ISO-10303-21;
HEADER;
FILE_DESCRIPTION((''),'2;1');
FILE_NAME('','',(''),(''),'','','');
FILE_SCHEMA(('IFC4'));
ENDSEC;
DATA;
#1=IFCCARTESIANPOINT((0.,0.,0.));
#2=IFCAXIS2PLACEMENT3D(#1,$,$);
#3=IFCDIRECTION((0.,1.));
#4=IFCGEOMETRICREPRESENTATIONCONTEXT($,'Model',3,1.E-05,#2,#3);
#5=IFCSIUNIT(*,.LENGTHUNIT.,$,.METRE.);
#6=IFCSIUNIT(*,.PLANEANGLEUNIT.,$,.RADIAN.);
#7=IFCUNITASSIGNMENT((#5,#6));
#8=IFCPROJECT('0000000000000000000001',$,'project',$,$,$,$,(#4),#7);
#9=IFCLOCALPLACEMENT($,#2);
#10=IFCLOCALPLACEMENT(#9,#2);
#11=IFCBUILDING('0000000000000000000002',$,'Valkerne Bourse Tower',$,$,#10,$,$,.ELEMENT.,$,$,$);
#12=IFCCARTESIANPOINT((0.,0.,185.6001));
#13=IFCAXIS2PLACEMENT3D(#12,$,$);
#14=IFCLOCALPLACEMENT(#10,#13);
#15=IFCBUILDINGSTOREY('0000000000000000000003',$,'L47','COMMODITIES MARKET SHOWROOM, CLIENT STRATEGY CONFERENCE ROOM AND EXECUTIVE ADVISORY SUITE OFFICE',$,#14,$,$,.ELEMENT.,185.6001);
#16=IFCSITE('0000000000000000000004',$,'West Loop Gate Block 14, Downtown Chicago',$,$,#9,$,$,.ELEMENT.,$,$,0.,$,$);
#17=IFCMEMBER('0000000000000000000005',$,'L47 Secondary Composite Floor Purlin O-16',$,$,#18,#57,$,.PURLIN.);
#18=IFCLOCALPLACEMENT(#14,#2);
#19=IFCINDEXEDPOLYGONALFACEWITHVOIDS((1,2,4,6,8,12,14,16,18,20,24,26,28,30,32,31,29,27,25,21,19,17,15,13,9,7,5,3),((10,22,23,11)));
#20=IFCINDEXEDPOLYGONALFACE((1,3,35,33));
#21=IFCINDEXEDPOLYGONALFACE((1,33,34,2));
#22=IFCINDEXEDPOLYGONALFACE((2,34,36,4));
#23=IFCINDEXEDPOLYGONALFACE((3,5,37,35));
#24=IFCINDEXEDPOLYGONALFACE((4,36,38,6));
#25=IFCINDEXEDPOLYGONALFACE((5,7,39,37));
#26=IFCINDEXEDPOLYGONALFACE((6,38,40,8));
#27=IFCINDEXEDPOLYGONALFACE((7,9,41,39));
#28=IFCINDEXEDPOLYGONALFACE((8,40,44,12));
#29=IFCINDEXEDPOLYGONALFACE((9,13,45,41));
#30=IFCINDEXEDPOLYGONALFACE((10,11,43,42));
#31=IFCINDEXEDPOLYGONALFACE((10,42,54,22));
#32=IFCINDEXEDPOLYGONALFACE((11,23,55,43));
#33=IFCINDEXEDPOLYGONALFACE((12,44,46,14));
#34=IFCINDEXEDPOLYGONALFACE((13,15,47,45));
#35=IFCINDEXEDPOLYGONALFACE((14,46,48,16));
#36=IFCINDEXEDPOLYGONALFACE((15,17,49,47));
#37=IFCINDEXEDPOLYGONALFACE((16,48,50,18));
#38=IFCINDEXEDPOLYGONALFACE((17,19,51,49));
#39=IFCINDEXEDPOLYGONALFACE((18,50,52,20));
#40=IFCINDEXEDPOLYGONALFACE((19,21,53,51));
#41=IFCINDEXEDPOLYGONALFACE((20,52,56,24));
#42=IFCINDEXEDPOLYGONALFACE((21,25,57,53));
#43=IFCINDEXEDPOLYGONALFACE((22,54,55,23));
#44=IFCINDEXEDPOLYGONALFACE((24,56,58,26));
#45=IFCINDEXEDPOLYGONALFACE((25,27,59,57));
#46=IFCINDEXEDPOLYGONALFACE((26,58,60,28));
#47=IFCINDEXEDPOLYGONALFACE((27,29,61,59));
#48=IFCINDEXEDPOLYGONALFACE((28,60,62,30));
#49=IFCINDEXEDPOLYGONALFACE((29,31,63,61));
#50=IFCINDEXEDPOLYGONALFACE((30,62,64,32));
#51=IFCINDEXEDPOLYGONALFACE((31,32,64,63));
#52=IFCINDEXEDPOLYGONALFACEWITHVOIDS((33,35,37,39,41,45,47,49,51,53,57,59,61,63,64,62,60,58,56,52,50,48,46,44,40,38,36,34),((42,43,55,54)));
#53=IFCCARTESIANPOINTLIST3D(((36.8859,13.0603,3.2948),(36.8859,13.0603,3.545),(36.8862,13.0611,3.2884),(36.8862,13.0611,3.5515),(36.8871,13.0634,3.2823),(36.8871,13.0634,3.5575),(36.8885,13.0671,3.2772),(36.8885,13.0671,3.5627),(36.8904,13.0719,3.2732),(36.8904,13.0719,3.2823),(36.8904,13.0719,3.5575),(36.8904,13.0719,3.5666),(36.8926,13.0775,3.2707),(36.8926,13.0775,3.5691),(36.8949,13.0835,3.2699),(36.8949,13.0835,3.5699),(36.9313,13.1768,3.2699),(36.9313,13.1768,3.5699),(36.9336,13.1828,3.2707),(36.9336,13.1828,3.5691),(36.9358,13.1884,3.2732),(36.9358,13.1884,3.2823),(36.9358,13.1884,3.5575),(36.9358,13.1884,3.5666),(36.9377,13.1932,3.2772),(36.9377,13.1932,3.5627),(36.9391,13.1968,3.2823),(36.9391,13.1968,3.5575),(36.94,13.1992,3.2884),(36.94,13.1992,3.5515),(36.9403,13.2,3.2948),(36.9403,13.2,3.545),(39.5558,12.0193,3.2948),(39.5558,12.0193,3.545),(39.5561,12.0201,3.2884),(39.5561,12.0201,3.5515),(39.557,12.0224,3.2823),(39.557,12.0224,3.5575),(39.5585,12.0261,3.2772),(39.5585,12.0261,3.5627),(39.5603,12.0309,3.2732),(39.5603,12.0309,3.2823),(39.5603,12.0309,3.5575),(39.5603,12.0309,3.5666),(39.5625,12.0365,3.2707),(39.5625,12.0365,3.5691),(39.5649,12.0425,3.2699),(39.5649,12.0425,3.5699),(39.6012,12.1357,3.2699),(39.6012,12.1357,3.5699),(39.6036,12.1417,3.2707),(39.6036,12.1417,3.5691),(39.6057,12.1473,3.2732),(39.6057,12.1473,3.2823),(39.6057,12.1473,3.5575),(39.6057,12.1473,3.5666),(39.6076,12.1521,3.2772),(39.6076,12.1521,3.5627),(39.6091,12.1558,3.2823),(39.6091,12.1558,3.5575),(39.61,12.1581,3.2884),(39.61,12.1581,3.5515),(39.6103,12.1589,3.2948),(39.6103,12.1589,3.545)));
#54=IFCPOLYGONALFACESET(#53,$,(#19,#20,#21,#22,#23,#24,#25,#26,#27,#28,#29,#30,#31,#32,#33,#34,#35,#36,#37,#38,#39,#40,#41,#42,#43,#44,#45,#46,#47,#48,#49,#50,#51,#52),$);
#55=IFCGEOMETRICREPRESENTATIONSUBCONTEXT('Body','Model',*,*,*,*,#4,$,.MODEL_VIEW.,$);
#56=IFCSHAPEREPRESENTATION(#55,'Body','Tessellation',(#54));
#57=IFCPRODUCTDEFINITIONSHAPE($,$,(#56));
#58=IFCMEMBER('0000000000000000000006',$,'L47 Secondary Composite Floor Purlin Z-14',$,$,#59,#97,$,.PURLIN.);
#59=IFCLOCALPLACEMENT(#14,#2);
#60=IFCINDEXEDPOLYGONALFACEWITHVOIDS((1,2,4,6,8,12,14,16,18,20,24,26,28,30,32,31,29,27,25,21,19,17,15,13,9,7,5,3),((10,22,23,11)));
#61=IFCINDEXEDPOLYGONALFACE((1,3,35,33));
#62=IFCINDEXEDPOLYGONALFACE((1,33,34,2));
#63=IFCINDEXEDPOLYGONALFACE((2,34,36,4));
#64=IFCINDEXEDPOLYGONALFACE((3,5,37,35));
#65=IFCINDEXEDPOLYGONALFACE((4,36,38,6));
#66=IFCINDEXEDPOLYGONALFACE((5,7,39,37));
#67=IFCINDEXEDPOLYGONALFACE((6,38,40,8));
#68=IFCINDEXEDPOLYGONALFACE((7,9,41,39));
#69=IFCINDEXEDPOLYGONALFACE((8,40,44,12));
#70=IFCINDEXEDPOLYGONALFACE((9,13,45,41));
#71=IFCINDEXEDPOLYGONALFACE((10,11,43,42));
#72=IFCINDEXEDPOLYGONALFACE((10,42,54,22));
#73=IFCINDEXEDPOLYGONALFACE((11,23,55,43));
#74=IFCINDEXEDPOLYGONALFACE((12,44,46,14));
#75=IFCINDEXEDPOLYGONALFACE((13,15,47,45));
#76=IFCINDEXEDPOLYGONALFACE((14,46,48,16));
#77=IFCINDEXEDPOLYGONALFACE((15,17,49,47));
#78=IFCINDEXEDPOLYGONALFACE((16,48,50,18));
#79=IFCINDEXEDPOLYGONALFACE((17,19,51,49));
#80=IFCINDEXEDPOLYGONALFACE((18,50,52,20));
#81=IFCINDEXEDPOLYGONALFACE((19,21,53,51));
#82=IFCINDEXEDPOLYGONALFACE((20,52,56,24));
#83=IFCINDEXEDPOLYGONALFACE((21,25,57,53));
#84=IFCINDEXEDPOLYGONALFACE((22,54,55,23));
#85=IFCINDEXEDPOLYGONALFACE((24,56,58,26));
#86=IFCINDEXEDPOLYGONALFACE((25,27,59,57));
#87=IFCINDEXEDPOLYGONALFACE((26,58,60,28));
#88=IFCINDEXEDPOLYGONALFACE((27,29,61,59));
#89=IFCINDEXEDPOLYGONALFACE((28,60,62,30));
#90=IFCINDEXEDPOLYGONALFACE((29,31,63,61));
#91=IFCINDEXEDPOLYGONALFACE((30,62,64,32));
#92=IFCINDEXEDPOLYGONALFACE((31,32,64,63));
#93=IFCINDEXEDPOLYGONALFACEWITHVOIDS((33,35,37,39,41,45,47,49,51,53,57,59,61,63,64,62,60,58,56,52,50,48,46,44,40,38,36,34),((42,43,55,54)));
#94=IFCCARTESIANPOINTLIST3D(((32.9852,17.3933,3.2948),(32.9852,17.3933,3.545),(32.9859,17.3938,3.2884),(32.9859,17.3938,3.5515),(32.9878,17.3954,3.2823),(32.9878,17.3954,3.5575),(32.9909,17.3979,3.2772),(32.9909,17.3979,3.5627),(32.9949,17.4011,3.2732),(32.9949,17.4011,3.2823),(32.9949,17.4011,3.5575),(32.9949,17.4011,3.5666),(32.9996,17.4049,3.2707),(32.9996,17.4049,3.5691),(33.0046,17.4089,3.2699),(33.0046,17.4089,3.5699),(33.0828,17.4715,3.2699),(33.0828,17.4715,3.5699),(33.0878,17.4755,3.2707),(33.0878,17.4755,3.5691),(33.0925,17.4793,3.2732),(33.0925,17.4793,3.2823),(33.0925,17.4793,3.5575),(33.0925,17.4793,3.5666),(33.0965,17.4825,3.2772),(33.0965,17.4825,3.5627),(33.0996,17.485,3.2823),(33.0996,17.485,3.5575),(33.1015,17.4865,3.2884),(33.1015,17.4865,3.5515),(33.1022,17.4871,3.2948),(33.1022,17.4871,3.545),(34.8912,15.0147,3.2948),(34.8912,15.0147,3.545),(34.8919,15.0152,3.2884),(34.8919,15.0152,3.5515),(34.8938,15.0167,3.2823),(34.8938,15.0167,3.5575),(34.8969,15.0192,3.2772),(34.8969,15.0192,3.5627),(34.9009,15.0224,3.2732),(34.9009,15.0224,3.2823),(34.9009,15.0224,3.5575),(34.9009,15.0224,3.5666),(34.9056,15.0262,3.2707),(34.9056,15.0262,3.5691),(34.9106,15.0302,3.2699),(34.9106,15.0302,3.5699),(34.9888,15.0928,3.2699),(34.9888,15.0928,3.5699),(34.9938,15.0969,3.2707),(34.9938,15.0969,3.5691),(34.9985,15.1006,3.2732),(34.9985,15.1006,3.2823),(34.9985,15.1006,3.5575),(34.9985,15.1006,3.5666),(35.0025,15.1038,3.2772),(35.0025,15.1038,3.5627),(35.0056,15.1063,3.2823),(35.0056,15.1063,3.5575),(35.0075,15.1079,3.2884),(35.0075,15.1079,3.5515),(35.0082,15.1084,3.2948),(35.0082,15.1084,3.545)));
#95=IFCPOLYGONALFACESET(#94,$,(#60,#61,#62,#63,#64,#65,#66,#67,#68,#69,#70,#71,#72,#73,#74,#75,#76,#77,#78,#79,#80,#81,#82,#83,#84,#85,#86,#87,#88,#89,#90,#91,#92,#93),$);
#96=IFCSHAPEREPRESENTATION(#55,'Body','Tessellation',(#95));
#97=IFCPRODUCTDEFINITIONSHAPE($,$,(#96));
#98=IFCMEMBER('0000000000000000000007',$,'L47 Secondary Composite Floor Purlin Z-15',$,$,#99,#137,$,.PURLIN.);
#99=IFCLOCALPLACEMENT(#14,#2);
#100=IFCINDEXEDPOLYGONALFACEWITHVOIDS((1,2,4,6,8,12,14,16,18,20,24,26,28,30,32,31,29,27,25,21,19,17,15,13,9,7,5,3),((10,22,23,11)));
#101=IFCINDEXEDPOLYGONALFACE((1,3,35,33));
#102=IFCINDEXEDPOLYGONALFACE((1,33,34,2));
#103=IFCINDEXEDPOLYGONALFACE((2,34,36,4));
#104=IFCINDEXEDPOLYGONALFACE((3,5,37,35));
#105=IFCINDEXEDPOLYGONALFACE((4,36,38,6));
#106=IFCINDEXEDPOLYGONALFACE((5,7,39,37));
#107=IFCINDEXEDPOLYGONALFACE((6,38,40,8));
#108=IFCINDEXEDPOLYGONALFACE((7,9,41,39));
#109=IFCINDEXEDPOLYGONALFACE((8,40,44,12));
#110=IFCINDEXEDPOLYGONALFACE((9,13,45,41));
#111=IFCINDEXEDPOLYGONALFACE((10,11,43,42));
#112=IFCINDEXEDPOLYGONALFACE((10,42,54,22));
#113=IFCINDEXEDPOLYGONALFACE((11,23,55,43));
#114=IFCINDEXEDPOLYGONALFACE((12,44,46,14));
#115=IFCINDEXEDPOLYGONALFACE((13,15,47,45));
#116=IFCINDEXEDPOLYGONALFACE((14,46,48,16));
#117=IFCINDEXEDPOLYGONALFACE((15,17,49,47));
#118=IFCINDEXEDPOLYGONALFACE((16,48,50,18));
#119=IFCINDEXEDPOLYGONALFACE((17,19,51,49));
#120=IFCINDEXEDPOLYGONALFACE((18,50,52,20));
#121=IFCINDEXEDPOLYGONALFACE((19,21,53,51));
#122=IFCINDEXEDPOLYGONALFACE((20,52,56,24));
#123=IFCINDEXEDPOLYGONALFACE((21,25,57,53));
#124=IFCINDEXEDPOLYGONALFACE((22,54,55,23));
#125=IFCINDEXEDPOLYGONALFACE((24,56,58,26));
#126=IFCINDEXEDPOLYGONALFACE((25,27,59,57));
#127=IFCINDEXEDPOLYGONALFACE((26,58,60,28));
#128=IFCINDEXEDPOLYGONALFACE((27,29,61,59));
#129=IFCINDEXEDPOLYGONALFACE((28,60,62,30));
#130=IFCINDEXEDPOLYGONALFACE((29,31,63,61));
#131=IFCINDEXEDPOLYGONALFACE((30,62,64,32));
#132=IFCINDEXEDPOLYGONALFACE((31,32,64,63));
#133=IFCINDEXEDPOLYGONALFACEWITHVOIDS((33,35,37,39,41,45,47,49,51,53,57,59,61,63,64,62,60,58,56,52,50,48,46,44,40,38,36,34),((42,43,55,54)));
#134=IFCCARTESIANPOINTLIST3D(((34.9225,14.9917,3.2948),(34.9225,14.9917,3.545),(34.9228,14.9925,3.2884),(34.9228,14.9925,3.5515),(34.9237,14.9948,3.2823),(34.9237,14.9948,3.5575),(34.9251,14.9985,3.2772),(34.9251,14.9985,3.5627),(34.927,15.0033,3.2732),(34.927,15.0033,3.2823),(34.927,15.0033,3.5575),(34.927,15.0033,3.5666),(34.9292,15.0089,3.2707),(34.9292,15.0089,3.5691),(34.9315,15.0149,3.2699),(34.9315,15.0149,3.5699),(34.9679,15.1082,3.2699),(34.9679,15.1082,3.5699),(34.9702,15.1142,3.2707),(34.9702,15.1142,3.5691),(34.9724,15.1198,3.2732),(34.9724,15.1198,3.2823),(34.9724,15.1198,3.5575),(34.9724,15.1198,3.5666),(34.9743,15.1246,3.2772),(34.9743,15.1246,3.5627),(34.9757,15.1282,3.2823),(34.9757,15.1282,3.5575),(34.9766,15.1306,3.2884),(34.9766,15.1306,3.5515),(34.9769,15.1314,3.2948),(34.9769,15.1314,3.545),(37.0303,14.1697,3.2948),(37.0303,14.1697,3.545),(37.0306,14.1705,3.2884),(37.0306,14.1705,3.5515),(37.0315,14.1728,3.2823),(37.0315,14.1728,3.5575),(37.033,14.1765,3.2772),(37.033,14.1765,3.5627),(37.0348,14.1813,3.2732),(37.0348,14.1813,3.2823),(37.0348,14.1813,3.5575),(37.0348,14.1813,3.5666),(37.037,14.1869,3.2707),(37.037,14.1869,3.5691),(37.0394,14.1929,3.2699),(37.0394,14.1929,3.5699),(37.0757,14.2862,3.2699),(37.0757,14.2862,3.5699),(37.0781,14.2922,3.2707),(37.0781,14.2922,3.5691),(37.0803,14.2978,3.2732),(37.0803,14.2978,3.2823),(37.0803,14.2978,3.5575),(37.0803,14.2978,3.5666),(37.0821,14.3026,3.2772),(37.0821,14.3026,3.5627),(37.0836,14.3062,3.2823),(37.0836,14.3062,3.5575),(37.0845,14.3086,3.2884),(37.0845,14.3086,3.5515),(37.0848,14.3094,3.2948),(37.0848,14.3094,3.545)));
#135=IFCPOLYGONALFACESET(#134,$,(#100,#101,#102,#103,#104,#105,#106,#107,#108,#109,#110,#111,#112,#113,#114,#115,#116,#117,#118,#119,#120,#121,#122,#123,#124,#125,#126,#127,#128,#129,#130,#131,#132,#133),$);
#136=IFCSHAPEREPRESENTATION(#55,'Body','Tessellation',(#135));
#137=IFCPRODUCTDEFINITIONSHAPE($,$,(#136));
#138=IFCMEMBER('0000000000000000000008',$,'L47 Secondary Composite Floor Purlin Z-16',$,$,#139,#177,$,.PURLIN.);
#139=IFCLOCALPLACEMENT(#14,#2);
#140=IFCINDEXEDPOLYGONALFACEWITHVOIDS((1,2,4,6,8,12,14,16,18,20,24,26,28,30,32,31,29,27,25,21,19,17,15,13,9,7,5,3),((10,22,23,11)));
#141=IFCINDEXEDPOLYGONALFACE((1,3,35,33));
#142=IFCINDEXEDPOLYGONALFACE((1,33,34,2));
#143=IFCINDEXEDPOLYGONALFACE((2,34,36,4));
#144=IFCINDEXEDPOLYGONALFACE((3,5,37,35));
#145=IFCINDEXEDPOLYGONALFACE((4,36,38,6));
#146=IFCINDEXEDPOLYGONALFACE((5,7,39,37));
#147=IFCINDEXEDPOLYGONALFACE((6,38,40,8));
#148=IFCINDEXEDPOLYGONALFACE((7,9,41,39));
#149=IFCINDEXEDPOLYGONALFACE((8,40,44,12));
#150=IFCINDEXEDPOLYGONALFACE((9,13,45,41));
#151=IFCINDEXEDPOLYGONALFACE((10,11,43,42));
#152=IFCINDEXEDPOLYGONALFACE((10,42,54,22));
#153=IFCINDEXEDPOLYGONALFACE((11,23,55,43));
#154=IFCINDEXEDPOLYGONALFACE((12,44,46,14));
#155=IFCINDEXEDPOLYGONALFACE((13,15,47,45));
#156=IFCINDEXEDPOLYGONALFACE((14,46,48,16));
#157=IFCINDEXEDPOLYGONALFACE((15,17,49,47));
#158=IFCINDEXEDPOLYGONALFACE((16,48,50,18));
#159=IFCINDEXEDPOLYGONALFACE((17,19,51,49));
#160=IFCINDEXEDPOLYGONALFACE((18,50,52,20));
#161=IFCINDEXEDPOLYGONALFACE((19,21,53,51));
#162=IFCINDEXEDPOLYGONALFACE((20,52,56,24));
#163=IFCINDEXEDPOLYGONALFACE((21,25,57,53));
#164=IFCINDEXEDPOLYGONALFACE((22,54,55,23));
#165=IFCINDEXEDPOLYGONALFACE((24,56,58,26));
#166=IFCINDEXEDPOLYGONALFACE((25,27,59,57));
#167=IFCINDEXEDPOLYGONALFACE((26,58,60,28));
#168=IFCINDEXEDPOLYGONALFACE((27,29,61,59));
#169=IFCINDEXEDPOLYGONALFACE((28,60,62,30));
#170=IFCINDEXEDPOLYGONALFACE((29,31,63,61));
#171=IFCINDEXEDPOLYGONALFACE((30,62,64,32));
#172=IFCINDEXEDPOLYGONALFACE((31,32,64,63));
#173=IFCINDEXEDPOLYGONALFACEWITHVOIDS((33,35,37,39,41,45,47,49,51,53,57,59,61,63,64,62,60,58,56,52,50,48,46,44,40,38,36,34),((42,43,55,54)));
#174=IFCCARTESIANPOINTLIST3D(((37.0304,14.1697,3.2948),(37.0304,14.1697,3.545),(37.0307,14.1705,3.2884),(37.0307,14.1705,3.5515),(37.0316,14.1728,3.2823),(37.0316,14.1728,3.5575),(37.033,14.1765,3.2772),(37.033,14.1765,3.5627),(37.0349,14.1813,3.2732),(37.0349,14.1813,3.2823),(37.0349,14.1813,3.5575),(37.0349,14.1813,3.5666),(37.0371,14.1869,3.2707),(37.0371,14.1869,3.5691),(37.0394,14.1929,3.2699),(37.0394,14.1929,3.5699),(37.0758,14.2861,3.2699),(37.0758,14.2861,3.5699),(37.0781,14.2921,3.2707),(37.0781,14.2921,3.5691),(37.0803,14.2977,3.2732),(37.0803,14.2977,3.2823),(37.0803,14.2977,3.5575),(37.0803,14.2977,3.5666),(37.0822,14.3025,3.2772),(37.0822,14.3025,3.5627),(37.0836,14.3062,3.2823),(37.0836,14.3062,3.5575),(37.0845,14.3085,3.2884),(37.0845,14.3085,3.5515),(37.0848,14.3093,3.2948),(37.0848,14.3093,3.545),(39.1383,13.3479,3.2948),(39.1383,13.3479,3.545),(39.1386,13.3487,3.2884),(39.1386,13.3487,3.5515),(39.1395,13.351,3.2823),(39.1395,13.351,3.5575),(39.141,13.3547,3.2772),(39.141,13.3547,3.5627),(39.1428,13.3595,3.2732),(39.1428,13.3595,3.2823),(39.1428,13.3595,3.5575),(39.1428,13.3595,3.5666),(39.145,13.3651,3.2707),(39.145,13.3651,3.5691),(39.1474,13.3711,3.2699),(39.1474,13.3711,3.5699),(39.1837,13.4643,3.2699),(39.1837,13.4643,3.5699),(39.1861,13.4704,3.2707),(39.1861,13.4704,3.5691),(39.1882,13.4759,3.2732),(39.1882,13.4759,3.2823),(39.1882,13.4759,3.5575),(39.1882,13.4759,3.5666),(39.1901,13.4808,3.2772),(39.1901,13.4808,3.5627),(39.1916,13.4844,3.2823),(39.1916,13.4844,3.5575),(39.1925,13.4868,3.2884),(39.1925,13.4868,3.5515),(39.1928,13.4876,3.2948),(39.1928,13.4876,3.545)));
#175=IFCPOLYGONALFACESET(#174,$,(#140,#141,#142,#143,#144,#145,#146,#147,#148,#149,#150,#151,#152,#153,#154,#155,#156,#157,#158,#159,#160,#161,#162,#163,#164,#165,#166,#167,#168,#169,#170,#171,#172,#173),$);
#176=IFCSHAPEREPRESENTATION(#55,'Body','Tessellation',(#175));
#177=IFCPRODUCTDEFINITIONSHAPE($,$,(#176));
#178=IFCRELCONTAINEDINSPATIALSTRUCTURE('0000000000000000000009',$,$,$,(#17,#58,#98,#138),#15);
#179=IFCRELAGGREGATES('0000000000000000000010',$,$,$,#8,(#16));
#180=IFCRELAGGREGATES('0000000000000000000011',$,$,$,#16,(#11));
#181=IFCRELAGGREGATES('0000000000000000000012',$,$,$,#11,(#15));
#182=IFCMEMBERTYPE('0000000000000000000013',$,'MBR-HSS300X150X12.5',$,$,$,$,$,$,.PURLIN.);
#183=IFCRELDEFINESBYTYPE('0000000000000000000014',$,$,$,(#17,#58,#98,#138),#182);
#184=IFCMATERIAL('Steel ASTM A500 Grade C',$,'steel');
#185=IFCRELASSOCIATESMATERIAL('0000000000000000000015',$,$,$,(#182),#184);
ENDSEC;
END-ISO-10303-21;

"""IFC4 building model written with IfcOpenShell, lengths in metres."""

from ifc_helpers import new_model, si_unit, direction, frame, origin, origin_2d, place, context, subcontext, project, spatial, hollow_rectangle, extrude, material, material_profile, profile_set, type_object, element, save


model = new_model("IFC4")

# Units and contexts
model_context = context("Model", 3, precision=1e-05, world=origin(), true_north=direction((0.0, 1.0)))
body_context = subcontext(model_context, "Body", "Model", "MODEL_VIEW")
ifc_project = project(units=[si_unit("LENGTHUNIT", "METRE"), si_unit("PLANEANGLEUNIT", "RADIAN")], contexts=[model_context])

# Site, building, storey
site_placement = place(None, origin())
site = spatial("IfcSite", under=ifc_project, at=site_placement, Name="West Loop Gate Block 14, Downtown Chicago", CompositionType="ELEMENT", RefElevation=0.0)
building_placement = place(site_placement, origin())
building = spatial("IfcBuilding", under=site, at=building_placement, Name="Valkerne Bourse Tower", CompositionType="ELEMENT")
storey_placement = place(building_placement, frame((0.0, 0.0, 185.6001)))
storey = spatial("IfcBuildingStorey", under=building, at=storey_placement, Name="L47", Description="COMMODITIES MARKET SHOWROOM, CLIENT STRATEGY CONFERENCE ROOM AND EXECUTIVE ADVISORY SUITE OFFICE", CompositionType="ELEMENT", Elevation=185.6001)

# Members
ifc_material_1 = material(Name="Steel ASTM A500 Grade C", Category="steel")
ifc_material_profile_1 = material_profile(ifc_material_1, hollow_rectangle(XDim=0.1499, YDim=0.3, WallThickness=0.0125, OuterFilletRadius=0.0249, at=origin_2d()), Name="HSS300X150X12.5")
ifc_profile_set_1 = profile_set([ifc_material_profile_1], Name="Steel ASTM A500 Grade C")
member_type_1 = type_object("IfcMemberType", Name="MBR-HSS300X150X12.5", PredefinedType="PURLIN", material=ifc_profile_set_1)
member_1_placement = place(storey_placement, frame((36.9131, 13.1301, 3.4199), z_axis=(0.931685, -0.363268, 0.0), x_axis=(0.363268, 0.931685, 0.0)))
element("IfcMember", 1, at=member_1_placement, inside=storey, type_object=member_type_1, Name="L47 Secondary Composite Floor Purlin O-16", PredefinedType="PURLIN", context=body_context, shape_type="SweptSolid", body=[
    extrude(hollow_rectangle(XDim=0.1499, YDim=0.3, WallThickness=0.0125, OuterFilletRadius=0.0249, at=origin_2d()), origin(), (0.0, 0.0, 1.0), 2.8657),
])
member_2_placement = place(storey_placement, frame((33.0437, 17.4402, 3.4199), z_axis=(0.62531, -0.780376, 0.0), x_axis=(0.780376, 0.62531, 0.0)))
element("IfcMember", 2, at=member_2_placement, inside=storey, type_object=member_type_1, Name="L47 Secondary Composite Floor Purlin Z-14", PredefinedType="PURLIN", context=body_context, shape_type="SweptSolid", body=[
    extrude(hollow_rectangle(XDim=0.1499, YDim=0.3, WallThickness=0.0125, OuterFilletRadius=0.0249, at=origin_2d()), origin(), (0.0, 0.0, 1.0), 3.0481),
])
for number, where, z_axis, x_axis, name in (
    (3, (34.9497, 15.0615, 3.4199), (0.931664, -0.363321, 0.0), (0.363321, 0.931664, 0.0), "L47 Secondary Composite Floor Purlin Z-15"),
    (4, (37.0576, 14.2395, 3.4199), (0.931701, -0.363227, 0.0), (0.363227, 0.931701, 0.0), "L47 Secondary Composite Floor Purlin Z-16"),
):
    element("IfcMember", number, at=place(storey_placement, frame(where, z_axis=z_axis, x_axis=x_axis)), inside=storey, type_object=member_type_1, Name=name, PredefinedType="PURLIN", context=body_context, shape_type="SweptSolid", body=[
        extrude(hollow_rectangle(XDim=0.1499, YDim=0.3, WallThickness=0.0125, OuterFilletRadius=0.0249, at=origin_2d()), origin(), (0.0, 0.0, 1.0), 2.2625),
    ])

save(model, "model.ifc")
